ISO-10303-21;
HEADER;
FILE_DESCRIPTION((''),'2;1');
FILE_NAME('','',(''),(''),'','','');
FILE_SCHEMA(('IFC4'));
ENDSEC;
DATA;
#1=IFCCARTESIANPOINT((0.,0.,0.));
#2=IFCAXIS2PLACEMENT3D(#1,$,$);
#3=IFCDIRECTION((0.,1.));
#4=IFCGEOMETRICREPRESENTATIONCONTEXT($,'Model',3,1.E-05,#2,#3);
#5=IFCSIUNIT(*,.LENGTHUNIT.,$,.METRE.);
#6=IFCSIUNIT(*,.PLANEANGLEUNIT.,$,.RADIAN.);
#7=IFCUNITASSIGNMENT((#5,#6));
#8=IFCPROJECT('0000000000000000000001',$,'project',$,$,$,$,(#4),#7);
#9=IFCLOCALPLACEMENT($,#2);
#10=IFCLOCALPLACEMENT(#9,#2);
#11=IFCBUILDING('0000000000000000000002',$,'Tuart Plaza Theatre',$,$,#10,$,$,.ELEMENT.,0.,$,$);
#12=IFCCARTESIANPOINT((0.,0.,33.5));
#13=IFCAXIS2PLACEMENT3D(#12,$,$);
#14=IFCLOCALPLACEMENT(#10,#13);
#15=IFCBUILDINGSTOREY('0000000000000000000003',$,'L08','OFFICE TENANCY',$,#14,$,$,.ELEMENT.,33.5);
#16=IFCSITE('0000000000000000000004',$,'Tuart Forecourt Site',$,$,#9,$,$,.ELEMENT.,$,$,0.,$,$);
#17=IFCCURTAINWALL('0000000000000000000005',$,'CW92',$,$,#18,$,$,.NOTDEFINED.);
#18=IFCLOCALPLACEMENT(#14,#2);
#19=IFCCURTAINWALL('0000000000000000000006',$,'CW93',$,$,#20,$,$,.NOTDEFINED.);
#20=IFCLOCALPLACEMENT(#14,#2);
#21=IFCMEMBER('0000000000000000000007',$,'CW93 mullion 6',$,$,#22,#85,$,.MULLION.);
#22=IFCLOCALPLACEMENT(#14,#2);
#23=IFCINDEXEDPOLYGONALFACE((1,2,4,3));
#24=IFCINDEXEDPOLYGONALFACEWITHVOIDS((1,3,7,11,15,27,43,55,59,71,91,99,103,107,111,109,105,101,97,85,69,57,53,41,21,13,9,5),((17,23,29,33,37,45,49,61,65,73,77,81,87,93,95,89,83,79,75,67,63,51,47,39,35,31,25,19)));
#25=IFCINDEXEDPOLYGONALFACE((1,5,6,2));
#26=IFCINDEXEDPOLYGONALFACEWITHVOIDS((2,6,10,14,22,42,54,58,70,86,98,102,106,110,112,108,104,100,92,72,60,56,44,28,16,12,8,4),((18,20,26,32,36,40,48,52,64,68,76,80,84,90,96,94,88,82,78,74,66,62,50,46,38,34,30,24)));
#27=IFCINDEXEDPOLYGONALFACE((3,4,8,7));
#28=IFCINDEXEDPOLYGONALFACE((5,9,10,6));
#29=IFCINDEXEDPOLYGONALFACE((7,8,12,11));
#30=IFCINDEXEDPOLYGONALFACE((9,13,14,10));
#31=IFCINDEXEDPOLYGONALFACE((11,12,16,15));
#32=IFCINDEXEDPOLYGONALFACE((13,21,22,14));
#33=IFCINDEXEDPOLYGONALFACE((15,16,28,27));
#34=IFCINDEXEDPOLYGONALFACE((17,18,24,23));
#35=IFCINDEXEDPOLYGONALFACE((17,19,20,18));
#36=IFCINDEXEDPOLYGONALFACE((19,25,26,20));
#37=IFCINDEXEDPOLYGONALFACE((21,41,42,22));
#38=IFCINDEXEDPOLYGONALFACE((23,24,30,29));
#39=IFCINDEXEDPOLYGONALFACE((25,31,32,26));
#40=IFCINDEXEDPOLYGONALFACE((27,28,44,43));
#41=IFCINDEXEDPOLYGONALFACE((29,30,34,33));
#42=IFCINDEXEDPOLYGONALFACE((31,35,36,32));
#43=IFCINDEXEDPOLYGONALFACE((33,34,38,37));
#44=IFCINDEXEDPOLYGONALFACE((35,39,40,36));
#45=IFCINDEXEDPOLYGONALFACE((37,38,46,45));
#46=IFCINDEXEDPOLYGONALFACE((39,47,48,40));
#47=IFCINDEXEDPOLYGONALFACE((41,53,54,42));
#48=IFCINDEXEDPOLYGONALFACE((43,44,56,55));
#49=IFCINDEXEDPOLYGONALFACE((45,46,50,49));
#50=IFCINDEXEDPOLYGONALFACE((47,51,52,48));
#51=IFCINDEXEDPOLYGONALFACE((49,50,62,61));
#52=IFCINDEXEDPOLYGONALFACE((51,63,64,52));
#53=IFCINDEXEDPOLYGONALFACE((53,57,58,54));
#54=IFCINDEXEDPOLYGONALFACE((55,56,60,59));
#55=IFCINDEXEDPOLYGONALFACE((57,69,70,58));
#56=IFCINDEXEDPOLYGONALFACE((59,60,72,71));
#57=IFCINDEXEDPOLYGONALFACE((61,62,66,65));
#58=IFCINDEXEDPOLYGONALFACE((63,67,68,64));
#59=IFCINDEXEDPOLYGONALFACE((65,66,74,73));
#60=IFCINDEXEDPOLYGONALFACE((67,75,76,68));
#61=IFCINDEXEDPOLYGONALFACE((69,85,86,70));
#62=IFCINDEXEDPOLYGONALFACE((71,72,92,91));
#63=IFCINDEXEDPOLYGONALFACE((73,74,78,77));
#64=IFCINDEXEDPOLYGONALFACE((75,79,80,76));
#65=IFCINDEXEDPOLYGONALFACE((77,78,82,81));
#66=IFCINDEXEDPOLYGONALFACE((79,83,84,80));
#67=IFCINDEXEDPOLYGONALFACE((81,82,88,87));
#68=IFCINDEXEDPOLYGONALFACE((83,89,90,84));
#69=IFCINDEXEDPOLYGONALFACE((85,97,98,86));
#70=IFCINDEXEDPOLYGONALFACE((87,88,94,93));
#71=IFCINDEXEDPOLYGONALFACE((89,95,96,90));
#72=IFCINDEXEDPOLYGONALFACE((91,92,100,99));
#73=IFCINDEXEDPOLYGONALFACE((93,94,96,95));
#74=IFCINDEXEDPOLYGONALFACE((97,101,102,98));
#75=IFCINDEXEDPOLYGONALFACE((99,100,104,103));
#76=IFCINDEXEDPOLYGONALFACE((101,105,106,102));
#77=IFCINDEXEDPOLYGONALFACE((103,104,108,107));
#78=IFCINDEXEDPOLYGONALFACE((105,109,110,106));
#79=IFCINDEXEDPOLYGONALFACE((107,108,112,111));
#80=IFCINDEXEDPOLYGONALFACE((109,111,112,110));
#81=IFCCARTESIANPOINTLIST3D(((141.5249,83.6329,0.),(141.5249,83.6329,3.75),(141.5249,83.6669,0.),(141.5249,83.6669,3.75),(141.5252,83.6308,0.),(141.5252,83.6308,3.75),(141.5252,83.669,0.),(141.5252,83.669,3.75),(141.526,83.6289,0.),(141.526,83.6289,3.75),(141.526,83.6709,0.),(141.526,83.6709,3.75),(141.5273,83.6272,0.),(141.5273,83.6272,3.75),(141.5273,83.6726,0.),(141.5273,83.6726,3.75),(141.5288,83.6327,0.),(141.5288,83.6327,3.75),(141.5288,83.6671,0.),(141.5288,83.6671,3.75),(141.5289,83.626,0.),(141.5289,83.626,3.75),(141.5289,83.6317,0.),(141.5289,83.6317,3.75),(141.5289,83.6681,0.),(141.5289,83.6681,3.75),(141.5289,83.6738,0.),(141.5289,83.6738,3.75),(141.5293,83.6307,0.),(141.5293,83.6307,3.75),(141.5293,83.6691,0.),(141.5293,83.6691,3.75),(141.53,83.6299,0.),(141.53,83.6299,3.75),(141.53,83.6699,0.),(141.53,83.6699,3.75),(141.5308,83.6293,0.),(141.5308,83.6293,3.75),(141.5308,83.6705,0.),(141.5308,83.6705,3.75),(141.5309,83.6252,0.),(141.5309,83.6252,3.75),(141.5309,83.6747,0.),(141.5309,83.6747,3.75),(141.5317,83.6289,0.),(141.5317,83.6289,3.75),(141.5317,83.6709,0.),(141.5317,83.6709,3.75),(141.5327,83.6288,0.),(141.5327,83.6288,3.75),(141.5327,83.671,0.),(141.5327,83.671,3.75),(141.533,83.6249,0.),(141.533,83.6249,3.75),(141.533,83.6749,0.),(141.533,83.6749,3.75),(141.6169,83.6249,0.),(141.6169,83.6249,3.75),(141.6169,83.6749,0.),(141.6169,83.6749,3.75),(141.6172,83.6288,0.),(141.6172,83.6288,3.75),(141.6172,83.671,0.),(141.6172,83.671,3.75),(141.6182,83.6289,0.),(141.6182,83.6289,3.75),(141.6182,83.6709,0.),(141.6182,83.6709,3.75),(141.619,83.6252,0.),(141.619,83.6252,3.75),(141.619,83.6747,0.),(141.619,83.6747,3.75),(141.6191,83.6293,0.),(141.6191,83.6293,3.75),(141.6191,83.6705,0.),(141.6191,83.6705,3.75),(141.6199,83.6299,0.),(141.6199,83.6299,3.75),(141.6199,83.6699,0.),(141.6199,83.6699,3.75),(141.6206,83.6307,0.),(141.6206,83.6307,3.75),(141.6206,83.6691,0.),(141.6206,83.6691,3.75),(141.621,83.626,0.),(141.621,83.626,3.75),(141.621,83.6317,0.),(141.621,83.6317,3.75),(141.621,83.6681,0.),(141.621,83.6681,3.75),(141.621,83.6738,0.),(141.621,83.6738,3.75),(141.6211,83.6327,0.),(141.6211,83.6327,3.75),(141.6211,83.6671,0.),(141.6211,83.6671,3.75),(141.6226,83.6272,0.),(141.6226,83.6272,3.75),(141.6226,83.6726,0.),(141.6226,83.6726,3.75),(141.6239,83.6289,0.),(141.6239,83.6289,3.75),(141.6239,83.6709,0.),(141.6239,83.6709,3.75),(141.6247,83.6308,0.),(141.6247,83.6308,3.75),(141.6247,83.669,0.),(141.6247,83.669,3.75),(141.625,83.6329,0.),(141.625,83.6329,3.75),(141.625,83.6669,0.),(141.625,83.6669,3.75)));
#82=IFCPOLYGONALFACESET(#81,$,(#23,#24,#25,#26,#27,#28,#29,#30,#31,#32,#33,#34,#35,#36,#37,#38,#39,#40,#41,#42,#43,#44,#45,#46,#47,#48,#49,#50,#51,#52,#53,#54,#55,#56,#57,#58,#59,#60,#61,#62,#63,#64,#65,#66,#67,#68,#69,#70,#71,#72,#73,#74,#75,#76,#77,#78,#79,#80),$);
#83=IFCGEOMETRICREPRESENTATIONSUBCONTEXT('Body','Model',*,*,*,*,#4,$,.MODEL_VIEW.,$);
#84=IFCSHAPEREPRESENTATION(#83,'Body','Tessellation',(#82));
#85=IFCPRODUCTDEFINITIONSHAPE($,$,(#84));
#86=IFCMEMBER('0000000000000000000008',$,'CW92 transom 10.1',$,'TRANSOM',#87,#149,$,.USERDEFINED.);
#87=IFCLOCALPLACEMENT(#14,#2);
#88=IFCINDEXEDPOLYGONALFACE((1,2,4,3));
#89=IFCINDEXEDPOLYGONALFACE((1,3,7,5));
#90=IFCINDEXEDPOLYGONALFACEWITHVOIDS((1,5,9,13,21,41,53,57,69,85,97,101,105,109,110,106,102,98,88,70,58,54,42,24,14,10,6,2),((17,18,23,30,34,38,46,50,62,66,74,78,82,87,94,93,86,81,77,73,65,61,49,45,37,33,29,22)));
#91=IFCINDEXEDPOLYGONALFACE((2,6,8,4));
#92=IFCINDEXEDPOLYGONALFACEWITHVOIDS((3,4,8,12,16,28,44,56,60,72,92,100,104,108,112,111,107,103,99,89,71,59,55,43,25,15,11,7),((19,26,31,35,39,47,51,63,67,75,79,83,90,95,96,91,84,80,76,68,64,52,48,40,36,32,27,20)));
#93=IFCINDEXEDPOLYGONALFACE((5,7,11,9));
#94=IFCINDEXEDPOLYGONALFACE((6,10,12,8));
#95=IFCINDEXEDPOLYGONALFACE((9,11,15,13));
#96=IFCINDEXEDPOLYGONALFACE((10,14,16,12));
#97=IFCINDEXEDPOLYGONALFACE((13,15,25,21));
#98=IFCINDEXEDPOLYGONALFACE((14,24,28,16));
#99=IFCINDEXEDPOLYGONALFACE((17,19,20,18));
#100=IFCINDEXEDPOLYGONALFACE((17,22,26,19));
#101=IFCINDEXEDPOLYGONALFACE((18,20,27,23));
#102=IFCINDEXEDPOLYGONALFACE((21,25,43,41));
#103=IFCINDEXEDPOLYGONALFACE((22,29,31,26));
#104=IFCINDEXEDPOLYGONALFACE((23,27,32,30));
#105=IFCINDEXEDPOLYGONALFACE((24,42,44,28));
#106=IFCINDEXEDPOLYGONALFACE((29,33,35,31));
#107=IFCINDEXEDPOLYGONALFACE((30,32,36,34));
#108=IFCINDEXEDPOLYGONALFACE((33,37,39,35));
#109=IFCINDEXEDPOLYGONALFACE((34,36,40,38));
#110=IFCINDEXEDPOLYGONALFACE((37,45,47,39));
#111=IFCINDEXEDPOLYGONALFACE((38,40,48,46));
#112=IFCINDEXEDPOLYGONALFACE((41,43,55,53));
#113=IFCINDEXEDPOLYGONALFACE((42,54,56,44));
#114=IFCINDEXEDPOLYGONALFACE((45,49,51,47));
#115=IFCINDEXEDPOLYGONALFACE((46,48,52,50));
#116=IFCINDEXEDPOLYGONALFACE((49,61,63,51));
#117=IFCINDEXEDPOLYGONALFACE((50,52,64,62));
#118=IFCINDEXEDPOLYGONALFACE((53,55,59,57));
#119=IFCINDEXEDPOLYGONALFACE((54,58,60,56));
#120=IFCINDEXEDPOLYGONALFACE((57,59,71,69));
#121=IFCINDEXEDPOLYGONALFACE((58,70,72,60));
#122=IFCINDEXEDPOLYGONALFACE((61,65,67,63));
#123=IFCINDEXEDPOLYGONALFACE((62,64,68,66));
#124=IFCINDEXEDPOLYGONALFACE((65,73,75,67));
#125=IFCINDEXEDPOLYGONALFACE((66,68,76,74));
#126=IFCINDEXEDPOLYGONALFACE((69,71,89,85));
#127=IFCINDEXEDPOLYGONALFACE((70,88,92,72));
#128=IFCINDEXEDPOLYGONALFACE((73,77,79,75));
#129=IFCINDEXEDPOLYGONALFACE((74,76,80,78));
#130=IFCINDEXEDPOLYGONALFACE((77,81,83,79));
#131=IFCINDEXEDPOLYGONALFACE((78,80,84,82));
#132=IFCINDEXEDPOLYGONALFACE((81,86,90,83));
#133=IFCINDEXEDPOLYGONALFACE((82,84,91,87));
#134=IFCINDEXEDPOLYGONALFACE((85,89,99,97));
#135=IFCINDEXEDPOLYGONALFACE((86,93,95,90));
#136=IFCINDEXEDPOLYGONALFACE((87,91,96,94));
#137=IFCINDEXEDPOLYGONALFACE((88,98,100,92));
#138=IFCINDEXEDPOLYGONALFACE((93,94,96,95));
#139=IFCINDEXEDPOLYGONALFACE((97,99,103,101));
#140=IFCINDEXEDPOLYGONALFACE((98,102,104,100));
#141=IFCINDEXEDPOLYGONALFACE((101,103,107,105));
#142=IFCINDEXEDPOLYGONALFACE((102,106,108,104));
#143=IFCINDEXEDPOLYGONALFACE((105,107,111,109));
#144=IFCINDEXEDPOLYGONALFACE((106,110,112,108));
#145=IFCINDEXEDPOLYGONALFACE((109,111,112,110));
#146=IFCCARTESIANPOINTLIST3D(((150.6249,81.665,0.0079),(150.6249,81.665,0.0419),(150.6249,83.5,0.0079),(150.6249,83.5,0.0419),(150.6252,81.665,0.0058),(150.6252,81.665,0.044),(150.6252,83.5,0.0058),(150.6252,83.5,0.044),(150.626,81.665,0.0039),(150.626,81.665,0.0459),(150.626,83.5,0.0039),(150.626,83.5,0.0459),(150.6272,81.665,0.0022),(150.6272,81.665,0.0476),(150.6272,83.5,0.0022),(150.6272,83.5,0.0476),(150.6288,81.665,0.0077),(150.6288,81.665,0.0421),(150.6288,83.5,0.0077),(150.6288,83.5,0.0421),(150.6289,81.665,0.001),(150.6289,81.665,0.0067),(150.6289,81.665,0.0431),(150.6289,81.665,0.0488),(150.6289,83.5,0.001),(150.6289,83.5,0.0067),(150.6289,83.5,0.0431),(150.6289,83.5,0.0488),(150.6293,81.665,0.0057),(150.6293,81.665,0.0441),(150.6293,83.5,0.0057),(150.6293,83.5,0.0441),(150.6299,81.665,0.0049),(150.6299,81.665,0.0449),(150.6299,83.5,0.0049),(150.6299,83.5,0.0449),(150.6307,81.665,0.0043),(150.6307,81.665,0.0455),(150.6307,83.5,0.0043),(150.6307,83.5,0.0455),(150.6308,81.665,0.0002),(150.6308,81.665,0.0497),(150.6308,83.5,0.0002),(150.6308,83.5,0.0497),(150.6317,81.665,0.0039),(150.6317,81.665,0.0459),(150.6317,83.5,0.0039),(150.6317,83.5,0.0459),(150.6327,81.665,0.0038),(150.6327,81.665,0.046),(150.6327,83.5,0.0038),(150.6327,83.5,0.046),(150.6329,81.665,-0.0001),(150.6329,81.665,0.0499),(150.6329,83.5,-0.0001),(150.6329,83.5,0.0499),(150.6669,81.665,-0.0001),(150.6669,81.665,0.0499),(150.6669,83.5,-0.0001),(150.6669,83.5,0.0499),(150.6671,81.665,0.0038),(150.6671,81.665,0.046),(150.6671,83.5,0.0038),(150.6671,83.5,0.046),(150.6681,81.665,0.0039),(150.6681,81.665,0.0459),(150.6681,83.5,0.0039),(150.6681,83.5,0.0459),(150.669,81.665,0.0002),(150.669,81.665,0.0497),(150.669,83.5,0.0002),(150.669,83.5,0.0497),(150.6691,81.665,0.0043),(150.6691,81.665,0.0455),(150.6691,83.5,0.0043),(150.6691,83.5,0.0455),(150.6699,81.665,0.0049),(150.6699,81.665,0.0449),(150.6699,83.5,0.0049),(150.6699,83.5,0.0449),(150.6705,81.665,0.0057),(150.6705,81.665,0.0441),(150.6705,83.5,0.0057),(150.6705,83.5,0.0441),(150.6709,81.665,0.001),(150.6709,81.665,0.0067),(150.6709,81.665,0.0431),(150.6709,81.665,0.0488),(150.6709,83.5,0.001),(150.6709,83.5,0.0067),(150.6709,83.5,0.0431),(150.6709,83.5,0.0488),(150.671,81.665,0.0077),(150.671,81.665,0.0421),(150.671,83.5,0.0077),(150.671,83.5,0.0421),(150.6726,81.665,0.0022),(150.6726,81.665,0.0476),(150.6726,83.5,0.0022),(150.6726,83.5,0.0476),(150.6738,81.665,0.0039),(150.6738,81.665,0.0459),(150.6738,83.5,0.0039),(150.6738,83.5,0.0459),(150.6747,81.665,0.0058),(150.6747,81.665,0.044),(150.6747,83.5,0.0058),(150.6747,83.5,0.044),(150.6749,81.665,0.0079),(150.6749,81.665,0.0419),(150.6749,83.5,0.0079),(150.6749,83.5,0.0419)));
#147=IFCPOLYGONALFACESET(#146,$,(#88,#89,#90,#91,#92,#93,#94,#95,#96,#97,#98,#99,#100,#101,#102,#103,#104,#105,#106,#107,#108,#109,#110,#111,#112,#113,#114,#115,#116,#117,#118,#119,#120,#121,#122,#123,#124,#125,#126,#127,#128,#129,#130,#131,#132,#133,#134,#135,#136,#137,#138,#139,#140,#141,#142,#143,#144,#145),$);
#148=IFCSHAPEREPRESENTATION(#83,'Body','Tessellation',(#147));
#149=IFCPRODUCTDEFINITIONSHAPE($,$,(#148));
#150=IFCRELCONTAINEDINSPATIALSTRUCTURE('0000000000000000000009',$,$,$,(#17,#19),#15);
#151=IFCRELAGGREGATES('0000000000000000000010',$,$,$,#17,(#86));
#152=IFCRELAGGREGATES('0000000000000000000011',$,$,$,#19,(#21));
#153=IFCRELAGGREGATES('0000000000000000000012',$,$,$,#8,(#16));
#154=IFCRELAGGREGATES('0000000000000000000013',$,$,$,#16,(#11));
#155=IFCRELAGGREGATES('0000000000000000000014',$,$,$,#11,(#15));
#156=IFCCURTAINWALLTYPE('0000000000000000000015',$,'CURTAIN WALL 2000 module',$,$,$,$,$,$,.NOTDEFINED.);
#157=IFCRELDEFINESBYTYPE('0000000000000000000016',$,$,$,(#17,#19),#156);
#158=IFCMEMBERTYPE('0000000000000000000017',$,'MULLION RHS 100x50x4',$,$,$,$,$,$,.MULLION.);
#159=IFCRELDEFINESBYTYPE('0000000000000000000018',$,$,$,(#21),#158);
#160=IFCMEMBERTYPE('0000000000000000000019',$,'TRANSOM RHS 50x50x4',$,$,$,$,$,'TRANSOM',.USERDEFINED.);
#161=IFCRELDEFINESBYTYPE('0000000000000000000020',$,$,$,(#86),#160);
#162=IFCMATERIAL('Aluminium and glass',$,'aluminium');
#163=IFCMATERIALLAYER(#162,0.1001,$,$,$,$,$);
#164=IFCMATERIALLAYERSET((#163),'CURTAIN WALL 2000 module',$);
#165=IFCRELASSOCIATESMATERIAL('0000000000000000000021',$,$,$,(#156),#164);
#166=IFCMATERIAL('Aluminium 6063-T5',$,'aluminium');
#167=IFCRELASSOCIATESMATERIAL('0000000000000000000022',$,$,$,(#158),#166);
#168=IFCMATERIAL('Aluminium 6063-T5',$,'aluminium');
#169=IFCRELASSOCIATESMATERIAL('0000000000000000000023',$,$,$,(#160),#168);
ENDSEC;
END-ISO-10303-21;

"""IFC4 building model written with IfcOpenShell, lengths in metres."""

from ifc_helpers import new_model, si_unit, direction, frame, origin, origin_2d, place, context, subcontext, project, spatial, hollow_rectangle, extrude, material, layer, layer_set, material_profile, profile_set, type_object, element, aggregate, save


model = new_model("IFC4")

# Units and contexts
model_context = context("Model", 3, precision=1e-05, world=origin(), true_north=direction((0.0, 1.0)))
body_context = subcontext(model_context, "Body", "Model", "MODEL_VIEW")
ifc_project = project(units=[si_unit("LENGTHUNIT", "METRE"), si_unit("PLANEANGLEUNIT", "RADIAN")], contexts=[model_context])

# Site, building, storey
site_placement = place(None, origin())
site = spatial("IfcSite", under=ifc_project, at=site_placement, Name="Tuart Forecourt Site", CompositionType="ELEMENT", RefElevation=0.0)
building_placement = place(site_placement, origin())
building = spatial("IfcBuilding", under=site, at=building_placement, Name="Tuart Plaza Theatre", CompositionType="ELEMENT", ElevationOfRefHeight=0.0)
storey_placement = place(building_placement, frame((0.0, 0.0, 33.5)))
storey = spatial("IfcBuildingStorey", under=building, at=storey_placement, Name="L08", Description="OFFICE TENANCY", CompositionType="ELEMENT", Elevation=33.5)

# Curtain walls, member
ifc_material_1 = material(Name="Aluminium and glass", Category="aluminium")
ifc_layer_1 = layer(ifc_material_1, 0.1001)
ifc_layer_set_1 = layer_set([ifc_layer_1], Name="CURTAIN WALL 2000 module")
curtain_wall_type = type_object("IfcCurtainWallType", Name="CURTAIN WALL 2000 module", PredefinedType="NOTDEFINED", material=ifc_layer_set_1)
curtain_wall_1_placement = place(storey_placement, origin())
curtain_wall_1 = element("IfcCurtainWall", 1, at=curtain_wall_1_placement, inside=storey, type_object=curtain_wall_type, Name="CW92", PredefinedType="NOTDEFINED")
ifc_material_2 = material(Name="Aluminium 6063-T5", Category="aluminium")
ifc_material_profile_1 = material_profile(ifc_material_2, hollow_rectangle(XDim=0.05, YDim=0.1001, WallThickness=0.0039, InnerFilletRadius=0.0039, OuterFilletRadius=0.0081, at=origin_2d()), Name="RHS 100x50x4")
ifc_profile_set_1 = profile_set([ifc_material_profile_1], Name="Aluminium 6063-T5")
member_type_1 = type_object("IfcMemberType", Name="MULLION RHS 100x50x4", PredefinedType="MULLION", material=ifc_profile_set_1)
curtain_wall_2_placement = place(storey_placement, origin())
curtain_wall_2 = element("IfcCurtainWall", 2, at=curtain_wall_2_placement, inside=storey, type_object=curtain_wall_type, Name="CW93", PredefinedType="NOTDEFINED")
member_1_placement = place(storey_placement, frame((141.575, 83.6499, 0.0), z_axis=(0.0, 0.0, 1.0), x_axis=(0.0, -1.0, 0.0)))
member_1 = element("IfcMember", 3, at=member_1_placement, type_object=member_type_1, Name="CW93 mullion 6", PredefinedType="MULLION", context=body_context, shape_type="SweptSolid", body=[
    extrude(hollow_rectangle(XDim=0.05, YDim=0.1001, WallThickness=0.0039, InnerFilletRadius=0.0039, OuterFilletRadius=0.0081, at=origin_2d()), origin(), (0.0, 0.0, 1.0), 3.75),
])

# Member
ifc_material_3 = material(Name="Aluminium 6063-T5", Category="aluminium")
ifc_material_profile_2 = material_profile(ifc_material_3, hollow_rectangle(XDim=0.05, YDim=0.05, WallThickness=0.0039, InnerFilletRadius=0.0039, OuterFilletRadius=0.0081, at=origin_2d()), Name="RHS 50x50x4")
ifc_profile_set_2 = profile_set([ifc_material_profile_2], Name="Aluminium 6063-T5")
member_type_2 = type_object("IfcMemberType", Name="TRANSOM RHS 50x50x4", ElementType="TRANSOM", PredefinedType="USERDEFINED", material=ifc_profile_set_2)
member_2_placement = place(storey_placement, frame((150.6499, 81.665, 0.0249), z_axis=(0.0, 1.0, 0.0), x_axis=(-1.0, 0.0, 0.0)))
member_2 = element("IfcMember", 4, at=member_2_placement, type_object=member_type_2, Name="CW92 transom 10.1", ObjectType="TRANSOM", PredefinedType="USERDEFINED", context=body_context, shape_type="SweptSolid", body=[
    extrude(hollow_rectangle(XDim=0.05, YDim=0.05, WallThickness=0.0039, InnerFilletRadius=0.0039, OuterFilletRadius=0.0081, at=origin_2d()), origin(), (0.0, 0.0, 1.0), 1.835),
])

aggregate(curtain_wall_1, [member_2])
aggregate(curtain_wall_2, [member_1])

save(model, "model.ifc")
